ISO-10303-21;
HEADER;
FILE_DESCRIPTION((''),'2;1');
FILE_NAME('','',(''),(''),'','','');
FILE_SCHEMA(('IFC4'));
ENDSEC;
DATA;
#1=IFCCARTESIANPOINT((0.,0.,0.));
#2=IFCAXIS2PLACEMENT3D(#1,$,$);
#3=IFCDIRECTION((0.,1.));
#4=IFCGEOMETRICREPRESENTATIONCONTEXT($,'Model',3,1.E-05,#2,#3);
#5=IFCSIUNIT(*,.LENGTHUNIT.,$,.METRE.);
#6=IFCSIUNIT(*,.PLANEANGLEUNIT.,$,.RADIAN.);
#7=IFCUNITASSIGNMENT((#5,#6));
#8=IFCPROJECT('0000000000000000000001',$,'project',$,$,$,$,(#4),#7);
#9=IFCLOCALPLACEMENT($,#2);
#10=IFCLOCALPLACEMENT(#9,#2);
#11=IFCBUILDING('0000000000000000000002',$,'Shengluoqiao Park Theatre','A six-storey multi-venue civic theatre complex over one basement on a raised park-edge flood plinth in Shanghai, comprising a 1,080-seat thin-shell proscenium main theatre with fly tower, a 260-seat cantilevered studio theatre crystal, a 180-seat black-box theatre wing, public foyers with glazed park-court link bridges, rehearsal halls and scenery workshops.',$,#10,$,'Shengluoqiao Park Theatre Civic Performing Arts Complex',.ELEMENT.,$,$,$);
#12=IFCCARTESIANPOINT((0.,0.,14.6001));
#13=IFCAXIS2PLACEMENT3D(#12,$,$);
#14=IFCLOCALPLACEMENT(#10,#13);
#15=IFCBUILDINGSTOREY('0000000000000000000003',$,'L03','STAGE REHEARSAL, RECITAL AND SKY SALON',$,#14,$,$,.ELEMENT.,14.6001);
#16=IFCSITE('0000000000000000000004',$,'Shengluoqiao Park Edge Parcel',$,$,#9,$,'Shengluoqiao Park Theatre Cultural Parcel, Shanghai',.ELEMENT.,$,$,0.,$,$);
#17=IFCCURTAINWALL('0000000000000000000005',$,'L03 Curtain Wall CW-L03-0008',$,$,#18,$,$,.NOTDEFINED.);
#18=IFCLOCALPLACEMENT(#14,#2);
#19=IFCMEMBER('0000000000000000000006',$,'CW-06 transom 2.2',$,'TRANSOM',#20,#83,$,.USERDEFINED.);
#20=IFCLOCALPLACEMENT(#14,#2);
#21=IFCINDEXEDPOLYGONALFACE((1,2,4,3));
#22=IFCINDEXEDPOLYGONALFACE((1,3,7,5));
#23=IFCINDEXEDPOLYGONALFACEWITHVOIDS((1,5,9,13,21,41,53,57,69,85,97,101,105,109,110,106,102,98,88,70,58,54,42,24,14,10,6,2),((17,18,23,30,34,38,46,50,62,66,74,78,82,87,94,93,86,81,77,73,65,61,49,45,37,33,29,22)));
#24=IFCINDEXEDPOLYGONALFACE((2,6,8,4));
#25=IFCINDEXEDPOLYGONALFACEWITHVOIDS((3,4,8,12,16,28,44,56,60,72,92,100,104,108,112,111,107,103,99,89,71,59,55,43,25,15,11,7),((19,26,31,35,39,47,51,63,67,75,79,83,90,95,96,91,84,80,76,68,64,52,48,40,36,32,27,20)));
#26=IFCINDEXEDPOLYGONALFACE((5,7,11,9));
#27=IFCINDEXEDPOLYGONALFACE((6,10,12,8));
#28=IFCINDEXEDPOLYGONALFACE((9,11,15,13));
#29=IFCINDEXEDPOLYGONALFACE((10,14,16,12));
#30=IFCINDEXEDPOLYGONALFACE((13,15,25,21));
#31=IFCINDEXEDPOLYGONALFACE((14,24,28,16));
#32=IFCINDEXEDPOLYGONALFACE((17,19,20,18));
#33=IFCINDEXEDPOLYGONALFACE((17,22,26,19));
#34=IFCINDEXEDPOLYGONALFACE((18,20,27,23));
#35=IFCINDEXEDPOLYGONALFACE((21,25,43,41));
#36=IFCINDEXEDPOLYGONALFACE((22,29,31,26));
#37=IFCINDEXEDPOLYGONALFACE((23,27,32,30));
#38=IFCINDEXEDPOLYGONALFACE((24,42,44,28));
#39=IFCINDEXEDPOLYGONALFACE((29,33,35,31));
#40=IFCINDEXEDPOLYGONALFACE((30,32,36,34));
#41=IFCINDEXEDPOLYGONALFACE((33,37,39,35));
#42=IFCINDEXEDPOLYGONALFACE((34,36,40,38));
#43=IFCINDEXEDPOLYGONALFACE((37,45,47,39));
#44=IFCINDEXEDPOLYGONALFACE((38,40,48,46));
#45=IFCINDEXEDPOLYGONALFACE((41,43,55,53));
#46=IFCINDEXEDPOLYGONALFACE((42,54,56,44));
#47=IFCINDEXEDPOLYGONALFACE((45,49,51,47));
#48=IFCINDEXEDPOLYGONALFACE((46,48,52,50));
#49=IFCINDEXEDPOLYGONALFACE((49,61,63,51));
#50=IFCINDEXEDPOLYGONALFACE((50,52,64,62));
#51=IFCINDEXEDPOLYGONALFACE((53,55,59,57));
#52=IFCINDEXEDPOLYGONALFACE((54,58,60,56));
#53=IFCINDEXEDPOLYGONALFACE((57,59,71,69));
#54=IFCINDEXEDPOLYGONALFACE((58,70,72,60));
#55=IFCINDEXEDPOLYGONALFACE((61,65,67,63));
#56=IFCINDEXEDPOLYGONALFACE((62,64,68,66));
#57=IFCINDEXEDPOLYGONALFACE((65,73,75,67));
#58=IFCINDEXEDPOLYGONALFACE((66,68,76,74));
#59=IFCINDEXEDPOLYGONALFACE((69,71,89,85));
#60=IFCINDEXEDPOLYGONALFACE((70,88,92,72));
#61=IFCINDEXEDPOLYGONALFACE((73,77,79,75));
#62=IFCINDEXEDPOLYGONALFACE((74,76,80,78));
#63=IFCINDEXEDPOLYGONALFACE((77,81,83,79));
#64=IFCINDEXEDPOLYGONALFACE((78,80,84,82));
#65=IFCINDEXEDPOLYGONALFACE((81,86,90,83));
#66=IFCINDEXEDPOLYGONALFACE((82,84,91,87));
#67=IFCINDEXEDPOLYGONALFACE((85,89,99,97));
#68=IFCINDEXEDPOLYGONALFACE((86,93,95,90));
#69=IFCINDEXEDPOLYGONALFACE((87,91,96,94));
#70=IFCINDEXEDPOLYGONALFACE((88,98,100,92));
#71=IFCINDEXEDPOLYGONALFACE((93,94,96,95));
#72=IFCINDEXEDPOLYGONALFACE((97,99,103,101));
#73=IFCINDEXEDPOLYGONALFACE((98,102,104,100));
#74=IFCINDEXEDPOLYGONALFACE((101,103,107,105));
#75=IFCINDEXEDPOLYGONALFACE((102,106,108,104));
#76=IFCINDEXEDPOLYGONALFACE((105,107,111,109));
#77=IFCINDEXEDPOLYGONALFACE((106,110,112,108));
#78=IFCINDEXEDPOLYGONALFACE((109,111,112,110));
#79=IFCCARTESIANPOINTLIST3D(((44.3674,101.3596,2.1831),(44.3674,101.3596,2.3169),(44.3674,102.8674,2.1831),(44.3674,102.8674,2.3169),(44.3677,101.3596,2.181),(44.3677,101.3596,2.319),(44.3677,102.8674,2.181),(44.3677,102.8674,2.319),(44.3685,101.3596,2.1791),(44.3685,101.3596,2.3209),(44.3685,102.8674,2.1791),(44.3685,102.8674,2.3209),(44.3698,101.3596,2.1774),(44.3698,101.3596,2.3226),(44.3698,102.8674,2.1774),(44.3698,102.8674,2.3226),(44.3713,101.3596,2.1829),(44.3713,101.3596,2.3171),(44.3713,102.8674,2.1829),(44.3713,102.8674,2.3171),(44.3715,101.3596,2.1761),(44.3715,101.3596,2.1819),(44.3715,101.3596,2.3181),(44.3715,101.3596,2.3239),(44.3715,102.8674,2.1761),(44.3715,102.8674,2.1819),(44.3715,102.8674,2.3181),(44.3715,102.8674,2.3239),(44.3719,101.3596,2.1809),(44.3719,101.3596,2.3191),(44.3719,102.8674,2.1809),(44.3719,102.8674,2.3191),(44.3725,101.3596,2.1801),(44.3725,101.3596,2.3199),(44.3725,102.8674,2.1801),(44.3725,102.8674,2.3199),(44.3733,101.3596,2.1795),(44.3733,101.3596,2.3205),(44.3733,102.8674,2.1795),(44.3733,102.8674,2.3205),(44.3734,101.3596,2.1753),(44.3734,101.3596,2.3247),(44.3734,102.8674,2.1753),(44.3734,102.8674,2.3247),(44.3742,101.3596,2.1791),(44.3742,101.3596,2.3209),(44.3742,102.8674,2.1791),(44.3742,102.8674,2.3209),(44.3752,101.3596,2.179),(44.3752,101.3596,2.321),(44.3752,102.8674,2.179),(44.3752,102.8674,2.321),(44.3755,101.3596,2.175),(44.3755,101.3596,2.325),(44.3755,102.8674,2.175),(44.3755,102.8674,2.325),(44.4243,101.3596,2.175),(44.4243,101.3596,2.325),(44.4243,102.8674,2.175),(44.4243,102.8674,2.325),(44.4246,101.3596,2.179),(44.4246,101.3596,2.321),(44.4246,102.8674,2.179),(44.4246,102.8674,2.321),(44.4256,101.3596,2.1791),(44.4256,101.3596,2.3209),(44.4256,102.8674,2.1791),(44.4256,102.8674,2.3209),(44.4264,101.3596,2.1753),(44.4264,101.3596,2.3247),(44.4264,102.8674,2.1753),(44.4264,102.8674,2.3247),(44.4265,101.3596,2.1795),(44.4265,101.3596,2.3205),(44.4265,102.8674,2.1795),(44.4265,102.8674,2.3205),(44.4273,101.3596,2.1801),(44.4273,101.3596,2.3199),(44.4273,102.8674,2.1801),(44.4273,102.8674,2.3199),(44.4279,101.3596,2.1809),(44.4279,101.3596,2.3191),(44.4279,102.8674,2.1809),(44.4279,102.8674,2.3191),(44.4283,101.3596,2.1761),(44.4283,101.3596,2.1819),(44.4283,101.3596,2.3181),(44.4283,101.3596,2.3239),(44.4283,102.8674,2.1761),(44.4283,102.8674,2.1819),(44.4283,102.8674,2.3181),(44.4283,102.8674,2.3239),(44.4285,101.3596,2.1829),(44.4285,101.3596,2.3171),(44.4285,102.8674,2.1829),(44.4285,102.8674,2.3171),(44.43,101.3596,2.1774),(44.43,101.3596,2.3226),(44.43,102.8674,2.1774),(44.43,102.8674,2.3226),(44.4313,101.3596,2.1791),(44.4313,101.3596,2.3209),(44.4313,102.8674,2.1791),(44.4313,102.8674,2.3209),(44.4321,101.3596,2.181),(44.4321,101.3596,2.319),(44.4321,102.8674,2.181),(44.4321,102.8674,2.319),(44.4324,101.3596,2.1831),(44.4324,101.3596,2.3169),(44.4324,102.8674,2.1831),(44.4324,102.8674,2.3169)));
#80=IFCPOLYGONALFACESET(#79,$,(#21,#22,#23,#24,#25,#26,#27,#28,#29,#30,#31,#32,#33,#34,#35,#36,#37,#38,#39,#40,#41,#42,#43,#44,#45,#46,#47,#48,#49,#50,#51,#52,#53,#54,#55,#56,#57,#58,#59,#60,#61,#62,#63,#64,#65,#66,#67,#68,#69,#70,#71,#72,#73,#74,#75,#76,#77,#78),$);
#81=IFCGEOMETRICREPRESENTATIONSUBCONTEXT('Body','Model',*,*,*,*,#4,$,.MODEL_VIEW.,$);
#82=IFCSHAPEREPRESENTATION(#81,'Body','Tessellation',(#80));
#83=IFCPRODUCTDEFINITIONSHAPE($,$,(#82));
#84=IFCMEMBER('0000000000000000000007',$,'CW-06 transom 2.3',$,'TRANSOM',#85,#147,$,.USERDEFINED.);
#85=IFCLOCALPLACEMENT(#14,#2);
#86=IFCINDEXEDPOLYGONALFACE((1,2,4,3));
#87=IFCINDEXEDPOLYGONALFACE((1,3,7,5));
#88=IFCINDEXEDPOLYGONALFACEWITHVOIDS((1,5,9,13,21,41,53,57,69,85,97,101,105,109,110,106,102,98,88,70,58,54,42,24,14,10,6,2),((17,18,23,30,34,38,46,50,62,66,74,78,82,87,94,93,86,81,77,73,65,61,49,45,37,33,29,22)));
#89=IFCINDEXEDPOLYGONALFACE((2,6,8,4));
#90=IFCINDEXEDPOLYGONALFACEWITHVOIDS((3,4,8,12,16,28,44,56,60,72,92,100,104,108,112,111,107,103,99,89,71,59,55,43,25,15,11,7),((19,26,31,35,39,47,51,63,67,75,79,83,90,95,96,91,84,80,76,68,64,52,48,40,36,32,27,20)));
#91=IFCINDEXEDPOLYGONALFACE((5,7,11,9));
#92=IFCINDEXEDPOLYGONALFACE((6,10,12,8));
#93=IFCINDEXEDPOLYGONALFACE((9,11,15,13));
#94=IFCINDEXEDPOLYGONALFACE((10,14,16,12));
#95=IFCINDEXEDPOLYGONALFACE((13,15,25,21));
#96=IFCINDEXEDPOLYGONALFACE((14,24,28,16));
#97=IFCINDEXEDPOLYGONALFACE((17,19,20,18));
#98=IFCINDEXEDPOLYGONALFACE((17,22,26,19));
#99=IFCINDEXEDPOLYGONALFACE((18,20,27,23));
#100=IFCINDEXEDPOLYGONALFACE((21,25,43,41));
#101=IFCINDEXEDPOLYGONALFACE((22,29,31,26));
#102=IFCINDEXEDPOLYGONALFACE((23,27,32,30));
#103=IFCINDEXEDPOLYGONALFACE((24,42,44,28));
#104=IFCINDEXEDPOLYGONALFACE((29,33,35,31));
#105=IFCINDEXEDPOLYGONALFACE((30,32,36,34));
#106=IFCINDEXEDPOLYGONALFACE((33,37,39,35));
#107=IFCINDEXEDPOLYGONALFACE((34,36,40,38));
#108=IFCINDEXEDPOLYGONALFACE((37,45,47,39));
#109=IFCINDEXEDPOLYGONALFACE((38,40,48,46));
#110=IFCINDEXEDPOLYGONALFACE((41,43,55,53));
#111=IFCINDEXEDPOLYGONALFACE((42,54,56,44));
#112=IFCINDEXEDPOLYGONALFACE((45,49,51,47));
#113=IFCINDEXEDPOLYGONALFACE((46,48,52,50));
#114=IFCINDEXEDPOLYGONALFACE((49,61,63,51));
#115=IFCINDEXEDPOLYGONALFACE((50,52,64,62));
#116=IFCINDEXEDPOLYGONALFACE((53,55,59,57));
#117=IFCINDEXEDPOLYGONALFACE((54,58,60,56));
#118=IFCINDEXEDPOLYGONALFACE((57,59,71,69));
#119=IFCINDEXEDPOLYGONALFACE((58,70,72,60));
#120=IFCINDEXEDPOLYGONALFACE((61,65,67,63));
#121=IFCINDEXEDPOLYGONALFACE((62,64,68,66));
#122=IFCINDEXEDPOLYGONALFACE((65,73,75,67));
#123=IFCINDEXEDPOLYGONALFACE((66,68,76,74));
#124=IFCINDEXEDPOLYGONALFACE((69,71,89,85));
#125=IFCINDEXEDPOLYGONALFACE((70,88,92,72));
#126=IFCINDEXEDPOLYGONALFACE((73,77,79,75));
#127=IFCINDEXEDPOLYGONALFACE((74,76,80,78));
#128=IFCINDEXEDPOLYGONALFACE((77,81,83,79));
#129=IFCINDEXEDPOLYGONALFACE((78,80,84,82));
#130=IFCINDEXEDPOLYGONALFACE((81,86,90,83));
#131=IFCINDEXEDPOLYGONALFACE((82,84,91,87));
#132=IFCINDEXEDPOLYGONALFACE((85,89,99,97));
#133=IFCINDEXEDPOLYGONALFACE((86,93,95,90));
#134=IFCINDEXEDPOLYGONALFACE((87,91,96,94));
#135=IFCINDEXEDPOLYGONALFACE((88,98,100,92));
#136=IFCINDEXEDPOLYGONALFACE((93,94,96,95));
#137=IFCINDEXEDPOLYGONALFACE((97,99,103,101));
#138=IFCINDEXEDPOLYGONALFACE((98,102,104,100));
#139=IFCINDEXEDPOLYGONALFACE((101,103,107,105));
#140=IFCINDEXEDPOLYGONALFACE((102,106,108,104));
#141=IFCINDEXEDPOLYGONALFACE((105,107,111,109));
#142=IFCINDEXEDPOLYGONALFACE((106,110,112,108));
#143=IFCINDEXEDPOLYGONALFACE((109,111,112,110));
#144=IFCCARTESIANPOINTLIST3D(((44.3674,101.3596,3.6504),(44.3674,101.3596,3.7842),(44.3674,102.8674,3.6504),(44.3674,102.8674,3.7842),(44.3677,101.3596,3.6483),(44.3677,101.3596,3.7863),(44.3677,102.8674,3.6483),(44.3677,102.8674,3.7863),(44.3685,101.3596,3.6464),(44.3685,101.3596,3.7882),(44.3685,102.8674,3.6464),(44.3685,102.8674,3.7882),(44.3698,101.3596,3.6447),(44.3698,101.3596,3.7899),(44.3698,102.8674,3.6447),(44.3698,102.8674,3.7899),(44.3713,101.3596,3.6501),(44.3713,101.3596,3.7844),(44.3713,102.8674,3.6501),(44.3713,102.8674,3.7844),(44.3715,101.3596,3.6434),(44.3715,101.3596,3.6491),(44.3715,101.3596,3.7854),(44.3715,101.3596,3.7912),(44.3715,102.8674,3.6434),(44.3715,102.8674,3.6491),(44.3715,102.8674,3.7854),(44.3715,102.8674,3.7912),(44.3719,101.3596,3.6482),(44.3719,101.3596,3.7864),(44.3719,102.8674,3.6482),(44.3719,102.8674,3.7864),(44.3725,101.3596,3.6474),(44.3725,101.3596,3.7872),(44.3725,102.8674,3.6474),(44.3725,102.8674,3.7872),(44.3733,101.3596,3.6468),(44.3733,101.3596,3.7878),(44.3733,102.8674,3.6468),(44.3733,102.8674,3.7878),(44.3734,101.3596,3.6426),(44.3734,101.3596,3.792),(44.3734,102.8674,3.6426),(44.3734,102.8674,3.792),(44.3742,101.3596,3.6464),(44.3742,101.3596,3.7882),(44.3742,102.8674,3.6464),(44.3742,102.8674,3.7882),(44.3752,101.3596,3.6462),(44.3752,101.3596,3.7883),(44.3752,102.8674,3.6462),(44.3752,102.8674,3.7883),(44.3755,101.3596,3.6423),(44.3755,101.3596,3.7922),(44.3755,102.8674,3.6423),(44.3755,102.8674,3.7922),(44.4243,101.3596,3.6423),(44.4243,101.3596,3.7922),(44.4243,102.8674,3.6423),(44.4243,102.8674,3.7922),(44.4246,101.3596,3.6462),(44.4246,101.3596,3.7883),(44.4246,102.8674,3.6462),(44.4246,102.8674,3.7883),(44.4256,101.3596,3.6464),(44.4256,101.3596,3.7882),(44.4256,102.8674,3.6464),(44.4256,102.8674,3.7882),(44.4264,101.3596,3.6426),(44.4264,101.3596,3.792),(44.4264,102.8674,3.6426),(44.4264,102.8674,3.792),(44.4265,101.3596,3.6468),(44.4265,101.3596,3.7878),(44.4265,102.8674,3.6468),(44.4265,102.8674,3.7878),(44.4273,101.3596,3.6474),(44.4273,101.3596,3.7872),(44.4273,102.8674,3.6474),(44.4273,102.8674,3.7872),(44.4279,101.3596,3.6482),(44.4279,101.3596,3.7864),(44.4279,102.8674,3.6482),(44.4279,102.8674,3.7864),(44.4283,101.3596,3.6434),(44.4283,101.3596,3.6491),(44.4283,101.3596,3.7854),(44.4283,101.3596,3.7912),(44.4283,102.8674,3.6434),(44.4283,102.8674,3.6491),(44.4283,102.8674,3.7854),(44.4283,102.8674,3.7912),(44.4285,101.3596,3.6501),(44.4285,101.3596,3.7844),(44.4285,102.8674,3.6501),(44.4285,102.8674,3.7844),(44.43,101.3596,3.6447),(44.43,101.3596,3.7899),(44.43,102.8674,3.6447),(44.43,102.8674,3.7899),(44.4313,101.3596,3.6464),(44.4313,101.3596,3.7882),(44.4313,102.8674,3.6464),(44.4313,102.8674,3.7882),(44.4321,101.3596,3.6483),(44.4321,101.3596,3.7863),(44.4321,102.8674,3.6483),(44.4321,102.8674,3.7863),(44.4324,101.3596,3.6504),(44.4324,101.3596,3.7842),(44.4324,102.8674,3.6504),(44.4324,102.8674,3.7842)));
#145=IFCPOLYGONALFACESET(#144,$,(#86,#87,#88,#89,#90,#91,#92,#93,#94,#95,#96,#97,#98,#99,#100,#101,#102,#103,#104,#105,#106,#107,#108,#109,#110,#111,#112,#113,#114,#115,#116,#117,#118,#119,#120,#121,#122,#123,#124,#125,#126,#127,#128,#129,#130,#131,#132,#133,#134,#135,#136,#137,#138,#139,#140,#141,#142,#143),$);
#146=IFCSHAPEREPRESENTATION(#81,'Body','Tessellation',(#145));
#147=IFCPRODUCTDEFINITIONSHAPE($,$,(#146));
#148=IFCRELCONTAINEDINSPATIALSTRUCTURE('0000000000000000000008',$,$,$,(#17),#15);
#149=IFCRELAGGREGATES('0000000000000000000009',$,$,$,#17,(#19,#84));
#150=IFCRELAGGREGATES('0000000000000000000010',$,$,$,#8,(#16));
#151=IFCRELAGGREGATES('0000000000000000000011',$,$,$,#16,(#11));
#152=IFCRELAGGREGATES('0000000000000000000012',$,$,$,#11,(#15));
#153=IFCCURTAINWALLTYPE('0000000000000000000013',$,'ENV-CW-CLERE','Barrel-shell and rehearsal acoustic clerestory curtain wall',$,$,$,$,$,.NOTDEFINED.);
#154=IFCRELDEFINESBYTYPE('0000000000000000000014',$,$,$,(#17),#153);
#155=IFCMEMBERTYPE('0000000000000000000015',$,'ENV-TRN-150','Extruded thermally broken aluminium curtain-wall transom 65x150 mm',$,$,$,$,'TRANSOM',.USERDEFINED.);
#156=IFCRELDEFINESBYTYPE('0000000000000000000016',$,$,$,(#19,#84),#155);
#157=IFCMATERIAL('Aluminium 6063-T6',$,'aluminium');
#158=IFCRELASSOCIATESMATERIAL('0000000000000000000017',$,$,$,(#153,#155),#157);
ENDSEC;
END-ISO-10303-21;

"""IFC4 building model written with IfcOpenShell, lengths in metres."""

from ifc_helpers import new_model, si_unit, direction, frame, origin, origin_2d, place, context, subcontext, project, spatial, hollow_rectangle, extrude, material, material_profile, profile_set, type_object, element, aggregate, save


model = new_model("IFC4")

# Units and contexts
model_context = context("Model", 3, precision=1e-05, world=origin(), true_north=direction((0.0, 1.0)))
body_context = subcontext(model_context, "Body", "Model", "MODEL_VIEW")
ifc_project = project(units=[si_unit("LENGTHUNIT", "METRE"), si_unit("PLANEANGLEUNIT", "RADIAN")], contexts=[model_context])

# Site, building, storey
site_placement = place(None, origin())
site = spatial("IfcSite", under=ifc_project, at=site_placement, Name="Shengluoqiao Park Edge Parcel", LongName="Shengluoqiao Park Theatre Cultural Parcel, Shanghai", CompositionType="ELEMENT", RefElevation=0.0)
building_placement = place(site_placement, origin())
building = spatial("IfcBuilding", under=site, at=building_placement, Name="Shengluoqiao Park Theatre", Description="A six-storey multi-venue civic theatre complex over one basement on a raised park-edge flood plinth in Shanghai, comprising a 1,080-seat thin-shell proscenium main theatre with fly tower, a 260-seat cantilevered studio theatre crystal, a 180-seat black-box theatre wing, public foyers with glazed park-court link bridges, rehearsal halls and scenery workshops.", LongName="Shengluoqiao Park Theatre Civic Performing Arts Complex", CompositionType="ELEMENT")
storey_placement = place(building_placement, frame((0.0, 0.0, 14.6001)))
storey = spatial("IfcBuildingStorey", under=building, at=storey_placement, Name="L03", Description="STAGE REHEARSAL, RECITAL AND SKY SALON", CompositionType="ELEMENT", Elevation=14.6001)

# Curtain wall, members
ifc_material_1 = material(Name="Aluminium 6063-T6", Category="aluminium")
curtain_wall_type = type_object("IfcCurtainWallType", Name="ENV-CW-CLERE", Description="Barrel-shell and rehearsal acoustic clerestory curtain wall", PredefinedType="NOTDEFINED", material=ifc_material_1)
curtain_wall_placement = place(storey_placement, origin())
curtain_wall = element("IfcCurtainWall", 1, at=curtain_wall_placement, inside=storey, type_object=curtain_wall_type, Name="L03 Curtain Wall CW-L03-0008", PredefinedType="NOTDEFINED")
ifc_material_profile_1 = material_profile(ifc_material_1, hollow_rectangle(XDim=0.0649, YDim=0.1499, WallThickness=0.0039, InnerFilletRadius=0.0039, OuterFilletRadius=0.0081, at=origin_2d()), Name="ALU TRANSOM 150x65x4")
ifc_profile_set_1 = profile_set([ifc_material_profile_1], Name="Aluminium 6063-T6")
member_type_1 = type_object("IfcMemberType", Name="ENV-TRN-150", Description="Extruded thermally broken aluminium curtain-wall transom 65x150 mm", ElementType="TRANSOM", PredefinedType="USERDEFINED", material=ifc_profile_set_1)
member_1_placement = place(storey_placement, frame((44.3999, 101.3596, 2.25), z_axis=(0.0, 1.0, 0.0), x_axis=(-1.0, 0.0, 0.0)))
member_1 = element("IfcMember", 2, at=member_1_placement, type_object=member_type_1, Name="CW-06 transom 2.2", ObjectType="TRANSOM", PredefinedType="USERDEFINED", context=body_context, shape_type="SweptSolid", body=[
    extrude(hollow_rectangle(XDim=0.0649, YDim=0.1499, WallThickness=0.0039, InnerFilletRadius=0.0039, OuterFilletRadius=0.0081, at=origin_2d()), origin(), (0.0, 0.0, 1.0), 1.5078),
])
member_2_placement = place(storey_placement, frame((44.3999, 101.3596, 3.7173), z_axis=(0.0, 1.0, 0.0), x_axis=(-1.0, 0.0, 0.0)))
member_2 = element("IfcMember", 3, at=member_2_placement, type_object=member_type_1, Name="CW-06 transom 2.3", ObjectType="TRANSOM", PredefinedType="USERDEFINED", context=body_context, shape_type="SweptSolid", body=[
    extrude(hollow_rectangle(XDim=0.0649, YDim=0.1499, WallThickness=0.0039, InnerFilletRadius=0.0039, OuterFilletRadius=0.0081, at=origin_2d()), origin(), (0.0, 0.0, 1.0), 1.5078),
])

aggregate(curtain_wall, [member_1, member_2])

save(model, "model.ifc")
